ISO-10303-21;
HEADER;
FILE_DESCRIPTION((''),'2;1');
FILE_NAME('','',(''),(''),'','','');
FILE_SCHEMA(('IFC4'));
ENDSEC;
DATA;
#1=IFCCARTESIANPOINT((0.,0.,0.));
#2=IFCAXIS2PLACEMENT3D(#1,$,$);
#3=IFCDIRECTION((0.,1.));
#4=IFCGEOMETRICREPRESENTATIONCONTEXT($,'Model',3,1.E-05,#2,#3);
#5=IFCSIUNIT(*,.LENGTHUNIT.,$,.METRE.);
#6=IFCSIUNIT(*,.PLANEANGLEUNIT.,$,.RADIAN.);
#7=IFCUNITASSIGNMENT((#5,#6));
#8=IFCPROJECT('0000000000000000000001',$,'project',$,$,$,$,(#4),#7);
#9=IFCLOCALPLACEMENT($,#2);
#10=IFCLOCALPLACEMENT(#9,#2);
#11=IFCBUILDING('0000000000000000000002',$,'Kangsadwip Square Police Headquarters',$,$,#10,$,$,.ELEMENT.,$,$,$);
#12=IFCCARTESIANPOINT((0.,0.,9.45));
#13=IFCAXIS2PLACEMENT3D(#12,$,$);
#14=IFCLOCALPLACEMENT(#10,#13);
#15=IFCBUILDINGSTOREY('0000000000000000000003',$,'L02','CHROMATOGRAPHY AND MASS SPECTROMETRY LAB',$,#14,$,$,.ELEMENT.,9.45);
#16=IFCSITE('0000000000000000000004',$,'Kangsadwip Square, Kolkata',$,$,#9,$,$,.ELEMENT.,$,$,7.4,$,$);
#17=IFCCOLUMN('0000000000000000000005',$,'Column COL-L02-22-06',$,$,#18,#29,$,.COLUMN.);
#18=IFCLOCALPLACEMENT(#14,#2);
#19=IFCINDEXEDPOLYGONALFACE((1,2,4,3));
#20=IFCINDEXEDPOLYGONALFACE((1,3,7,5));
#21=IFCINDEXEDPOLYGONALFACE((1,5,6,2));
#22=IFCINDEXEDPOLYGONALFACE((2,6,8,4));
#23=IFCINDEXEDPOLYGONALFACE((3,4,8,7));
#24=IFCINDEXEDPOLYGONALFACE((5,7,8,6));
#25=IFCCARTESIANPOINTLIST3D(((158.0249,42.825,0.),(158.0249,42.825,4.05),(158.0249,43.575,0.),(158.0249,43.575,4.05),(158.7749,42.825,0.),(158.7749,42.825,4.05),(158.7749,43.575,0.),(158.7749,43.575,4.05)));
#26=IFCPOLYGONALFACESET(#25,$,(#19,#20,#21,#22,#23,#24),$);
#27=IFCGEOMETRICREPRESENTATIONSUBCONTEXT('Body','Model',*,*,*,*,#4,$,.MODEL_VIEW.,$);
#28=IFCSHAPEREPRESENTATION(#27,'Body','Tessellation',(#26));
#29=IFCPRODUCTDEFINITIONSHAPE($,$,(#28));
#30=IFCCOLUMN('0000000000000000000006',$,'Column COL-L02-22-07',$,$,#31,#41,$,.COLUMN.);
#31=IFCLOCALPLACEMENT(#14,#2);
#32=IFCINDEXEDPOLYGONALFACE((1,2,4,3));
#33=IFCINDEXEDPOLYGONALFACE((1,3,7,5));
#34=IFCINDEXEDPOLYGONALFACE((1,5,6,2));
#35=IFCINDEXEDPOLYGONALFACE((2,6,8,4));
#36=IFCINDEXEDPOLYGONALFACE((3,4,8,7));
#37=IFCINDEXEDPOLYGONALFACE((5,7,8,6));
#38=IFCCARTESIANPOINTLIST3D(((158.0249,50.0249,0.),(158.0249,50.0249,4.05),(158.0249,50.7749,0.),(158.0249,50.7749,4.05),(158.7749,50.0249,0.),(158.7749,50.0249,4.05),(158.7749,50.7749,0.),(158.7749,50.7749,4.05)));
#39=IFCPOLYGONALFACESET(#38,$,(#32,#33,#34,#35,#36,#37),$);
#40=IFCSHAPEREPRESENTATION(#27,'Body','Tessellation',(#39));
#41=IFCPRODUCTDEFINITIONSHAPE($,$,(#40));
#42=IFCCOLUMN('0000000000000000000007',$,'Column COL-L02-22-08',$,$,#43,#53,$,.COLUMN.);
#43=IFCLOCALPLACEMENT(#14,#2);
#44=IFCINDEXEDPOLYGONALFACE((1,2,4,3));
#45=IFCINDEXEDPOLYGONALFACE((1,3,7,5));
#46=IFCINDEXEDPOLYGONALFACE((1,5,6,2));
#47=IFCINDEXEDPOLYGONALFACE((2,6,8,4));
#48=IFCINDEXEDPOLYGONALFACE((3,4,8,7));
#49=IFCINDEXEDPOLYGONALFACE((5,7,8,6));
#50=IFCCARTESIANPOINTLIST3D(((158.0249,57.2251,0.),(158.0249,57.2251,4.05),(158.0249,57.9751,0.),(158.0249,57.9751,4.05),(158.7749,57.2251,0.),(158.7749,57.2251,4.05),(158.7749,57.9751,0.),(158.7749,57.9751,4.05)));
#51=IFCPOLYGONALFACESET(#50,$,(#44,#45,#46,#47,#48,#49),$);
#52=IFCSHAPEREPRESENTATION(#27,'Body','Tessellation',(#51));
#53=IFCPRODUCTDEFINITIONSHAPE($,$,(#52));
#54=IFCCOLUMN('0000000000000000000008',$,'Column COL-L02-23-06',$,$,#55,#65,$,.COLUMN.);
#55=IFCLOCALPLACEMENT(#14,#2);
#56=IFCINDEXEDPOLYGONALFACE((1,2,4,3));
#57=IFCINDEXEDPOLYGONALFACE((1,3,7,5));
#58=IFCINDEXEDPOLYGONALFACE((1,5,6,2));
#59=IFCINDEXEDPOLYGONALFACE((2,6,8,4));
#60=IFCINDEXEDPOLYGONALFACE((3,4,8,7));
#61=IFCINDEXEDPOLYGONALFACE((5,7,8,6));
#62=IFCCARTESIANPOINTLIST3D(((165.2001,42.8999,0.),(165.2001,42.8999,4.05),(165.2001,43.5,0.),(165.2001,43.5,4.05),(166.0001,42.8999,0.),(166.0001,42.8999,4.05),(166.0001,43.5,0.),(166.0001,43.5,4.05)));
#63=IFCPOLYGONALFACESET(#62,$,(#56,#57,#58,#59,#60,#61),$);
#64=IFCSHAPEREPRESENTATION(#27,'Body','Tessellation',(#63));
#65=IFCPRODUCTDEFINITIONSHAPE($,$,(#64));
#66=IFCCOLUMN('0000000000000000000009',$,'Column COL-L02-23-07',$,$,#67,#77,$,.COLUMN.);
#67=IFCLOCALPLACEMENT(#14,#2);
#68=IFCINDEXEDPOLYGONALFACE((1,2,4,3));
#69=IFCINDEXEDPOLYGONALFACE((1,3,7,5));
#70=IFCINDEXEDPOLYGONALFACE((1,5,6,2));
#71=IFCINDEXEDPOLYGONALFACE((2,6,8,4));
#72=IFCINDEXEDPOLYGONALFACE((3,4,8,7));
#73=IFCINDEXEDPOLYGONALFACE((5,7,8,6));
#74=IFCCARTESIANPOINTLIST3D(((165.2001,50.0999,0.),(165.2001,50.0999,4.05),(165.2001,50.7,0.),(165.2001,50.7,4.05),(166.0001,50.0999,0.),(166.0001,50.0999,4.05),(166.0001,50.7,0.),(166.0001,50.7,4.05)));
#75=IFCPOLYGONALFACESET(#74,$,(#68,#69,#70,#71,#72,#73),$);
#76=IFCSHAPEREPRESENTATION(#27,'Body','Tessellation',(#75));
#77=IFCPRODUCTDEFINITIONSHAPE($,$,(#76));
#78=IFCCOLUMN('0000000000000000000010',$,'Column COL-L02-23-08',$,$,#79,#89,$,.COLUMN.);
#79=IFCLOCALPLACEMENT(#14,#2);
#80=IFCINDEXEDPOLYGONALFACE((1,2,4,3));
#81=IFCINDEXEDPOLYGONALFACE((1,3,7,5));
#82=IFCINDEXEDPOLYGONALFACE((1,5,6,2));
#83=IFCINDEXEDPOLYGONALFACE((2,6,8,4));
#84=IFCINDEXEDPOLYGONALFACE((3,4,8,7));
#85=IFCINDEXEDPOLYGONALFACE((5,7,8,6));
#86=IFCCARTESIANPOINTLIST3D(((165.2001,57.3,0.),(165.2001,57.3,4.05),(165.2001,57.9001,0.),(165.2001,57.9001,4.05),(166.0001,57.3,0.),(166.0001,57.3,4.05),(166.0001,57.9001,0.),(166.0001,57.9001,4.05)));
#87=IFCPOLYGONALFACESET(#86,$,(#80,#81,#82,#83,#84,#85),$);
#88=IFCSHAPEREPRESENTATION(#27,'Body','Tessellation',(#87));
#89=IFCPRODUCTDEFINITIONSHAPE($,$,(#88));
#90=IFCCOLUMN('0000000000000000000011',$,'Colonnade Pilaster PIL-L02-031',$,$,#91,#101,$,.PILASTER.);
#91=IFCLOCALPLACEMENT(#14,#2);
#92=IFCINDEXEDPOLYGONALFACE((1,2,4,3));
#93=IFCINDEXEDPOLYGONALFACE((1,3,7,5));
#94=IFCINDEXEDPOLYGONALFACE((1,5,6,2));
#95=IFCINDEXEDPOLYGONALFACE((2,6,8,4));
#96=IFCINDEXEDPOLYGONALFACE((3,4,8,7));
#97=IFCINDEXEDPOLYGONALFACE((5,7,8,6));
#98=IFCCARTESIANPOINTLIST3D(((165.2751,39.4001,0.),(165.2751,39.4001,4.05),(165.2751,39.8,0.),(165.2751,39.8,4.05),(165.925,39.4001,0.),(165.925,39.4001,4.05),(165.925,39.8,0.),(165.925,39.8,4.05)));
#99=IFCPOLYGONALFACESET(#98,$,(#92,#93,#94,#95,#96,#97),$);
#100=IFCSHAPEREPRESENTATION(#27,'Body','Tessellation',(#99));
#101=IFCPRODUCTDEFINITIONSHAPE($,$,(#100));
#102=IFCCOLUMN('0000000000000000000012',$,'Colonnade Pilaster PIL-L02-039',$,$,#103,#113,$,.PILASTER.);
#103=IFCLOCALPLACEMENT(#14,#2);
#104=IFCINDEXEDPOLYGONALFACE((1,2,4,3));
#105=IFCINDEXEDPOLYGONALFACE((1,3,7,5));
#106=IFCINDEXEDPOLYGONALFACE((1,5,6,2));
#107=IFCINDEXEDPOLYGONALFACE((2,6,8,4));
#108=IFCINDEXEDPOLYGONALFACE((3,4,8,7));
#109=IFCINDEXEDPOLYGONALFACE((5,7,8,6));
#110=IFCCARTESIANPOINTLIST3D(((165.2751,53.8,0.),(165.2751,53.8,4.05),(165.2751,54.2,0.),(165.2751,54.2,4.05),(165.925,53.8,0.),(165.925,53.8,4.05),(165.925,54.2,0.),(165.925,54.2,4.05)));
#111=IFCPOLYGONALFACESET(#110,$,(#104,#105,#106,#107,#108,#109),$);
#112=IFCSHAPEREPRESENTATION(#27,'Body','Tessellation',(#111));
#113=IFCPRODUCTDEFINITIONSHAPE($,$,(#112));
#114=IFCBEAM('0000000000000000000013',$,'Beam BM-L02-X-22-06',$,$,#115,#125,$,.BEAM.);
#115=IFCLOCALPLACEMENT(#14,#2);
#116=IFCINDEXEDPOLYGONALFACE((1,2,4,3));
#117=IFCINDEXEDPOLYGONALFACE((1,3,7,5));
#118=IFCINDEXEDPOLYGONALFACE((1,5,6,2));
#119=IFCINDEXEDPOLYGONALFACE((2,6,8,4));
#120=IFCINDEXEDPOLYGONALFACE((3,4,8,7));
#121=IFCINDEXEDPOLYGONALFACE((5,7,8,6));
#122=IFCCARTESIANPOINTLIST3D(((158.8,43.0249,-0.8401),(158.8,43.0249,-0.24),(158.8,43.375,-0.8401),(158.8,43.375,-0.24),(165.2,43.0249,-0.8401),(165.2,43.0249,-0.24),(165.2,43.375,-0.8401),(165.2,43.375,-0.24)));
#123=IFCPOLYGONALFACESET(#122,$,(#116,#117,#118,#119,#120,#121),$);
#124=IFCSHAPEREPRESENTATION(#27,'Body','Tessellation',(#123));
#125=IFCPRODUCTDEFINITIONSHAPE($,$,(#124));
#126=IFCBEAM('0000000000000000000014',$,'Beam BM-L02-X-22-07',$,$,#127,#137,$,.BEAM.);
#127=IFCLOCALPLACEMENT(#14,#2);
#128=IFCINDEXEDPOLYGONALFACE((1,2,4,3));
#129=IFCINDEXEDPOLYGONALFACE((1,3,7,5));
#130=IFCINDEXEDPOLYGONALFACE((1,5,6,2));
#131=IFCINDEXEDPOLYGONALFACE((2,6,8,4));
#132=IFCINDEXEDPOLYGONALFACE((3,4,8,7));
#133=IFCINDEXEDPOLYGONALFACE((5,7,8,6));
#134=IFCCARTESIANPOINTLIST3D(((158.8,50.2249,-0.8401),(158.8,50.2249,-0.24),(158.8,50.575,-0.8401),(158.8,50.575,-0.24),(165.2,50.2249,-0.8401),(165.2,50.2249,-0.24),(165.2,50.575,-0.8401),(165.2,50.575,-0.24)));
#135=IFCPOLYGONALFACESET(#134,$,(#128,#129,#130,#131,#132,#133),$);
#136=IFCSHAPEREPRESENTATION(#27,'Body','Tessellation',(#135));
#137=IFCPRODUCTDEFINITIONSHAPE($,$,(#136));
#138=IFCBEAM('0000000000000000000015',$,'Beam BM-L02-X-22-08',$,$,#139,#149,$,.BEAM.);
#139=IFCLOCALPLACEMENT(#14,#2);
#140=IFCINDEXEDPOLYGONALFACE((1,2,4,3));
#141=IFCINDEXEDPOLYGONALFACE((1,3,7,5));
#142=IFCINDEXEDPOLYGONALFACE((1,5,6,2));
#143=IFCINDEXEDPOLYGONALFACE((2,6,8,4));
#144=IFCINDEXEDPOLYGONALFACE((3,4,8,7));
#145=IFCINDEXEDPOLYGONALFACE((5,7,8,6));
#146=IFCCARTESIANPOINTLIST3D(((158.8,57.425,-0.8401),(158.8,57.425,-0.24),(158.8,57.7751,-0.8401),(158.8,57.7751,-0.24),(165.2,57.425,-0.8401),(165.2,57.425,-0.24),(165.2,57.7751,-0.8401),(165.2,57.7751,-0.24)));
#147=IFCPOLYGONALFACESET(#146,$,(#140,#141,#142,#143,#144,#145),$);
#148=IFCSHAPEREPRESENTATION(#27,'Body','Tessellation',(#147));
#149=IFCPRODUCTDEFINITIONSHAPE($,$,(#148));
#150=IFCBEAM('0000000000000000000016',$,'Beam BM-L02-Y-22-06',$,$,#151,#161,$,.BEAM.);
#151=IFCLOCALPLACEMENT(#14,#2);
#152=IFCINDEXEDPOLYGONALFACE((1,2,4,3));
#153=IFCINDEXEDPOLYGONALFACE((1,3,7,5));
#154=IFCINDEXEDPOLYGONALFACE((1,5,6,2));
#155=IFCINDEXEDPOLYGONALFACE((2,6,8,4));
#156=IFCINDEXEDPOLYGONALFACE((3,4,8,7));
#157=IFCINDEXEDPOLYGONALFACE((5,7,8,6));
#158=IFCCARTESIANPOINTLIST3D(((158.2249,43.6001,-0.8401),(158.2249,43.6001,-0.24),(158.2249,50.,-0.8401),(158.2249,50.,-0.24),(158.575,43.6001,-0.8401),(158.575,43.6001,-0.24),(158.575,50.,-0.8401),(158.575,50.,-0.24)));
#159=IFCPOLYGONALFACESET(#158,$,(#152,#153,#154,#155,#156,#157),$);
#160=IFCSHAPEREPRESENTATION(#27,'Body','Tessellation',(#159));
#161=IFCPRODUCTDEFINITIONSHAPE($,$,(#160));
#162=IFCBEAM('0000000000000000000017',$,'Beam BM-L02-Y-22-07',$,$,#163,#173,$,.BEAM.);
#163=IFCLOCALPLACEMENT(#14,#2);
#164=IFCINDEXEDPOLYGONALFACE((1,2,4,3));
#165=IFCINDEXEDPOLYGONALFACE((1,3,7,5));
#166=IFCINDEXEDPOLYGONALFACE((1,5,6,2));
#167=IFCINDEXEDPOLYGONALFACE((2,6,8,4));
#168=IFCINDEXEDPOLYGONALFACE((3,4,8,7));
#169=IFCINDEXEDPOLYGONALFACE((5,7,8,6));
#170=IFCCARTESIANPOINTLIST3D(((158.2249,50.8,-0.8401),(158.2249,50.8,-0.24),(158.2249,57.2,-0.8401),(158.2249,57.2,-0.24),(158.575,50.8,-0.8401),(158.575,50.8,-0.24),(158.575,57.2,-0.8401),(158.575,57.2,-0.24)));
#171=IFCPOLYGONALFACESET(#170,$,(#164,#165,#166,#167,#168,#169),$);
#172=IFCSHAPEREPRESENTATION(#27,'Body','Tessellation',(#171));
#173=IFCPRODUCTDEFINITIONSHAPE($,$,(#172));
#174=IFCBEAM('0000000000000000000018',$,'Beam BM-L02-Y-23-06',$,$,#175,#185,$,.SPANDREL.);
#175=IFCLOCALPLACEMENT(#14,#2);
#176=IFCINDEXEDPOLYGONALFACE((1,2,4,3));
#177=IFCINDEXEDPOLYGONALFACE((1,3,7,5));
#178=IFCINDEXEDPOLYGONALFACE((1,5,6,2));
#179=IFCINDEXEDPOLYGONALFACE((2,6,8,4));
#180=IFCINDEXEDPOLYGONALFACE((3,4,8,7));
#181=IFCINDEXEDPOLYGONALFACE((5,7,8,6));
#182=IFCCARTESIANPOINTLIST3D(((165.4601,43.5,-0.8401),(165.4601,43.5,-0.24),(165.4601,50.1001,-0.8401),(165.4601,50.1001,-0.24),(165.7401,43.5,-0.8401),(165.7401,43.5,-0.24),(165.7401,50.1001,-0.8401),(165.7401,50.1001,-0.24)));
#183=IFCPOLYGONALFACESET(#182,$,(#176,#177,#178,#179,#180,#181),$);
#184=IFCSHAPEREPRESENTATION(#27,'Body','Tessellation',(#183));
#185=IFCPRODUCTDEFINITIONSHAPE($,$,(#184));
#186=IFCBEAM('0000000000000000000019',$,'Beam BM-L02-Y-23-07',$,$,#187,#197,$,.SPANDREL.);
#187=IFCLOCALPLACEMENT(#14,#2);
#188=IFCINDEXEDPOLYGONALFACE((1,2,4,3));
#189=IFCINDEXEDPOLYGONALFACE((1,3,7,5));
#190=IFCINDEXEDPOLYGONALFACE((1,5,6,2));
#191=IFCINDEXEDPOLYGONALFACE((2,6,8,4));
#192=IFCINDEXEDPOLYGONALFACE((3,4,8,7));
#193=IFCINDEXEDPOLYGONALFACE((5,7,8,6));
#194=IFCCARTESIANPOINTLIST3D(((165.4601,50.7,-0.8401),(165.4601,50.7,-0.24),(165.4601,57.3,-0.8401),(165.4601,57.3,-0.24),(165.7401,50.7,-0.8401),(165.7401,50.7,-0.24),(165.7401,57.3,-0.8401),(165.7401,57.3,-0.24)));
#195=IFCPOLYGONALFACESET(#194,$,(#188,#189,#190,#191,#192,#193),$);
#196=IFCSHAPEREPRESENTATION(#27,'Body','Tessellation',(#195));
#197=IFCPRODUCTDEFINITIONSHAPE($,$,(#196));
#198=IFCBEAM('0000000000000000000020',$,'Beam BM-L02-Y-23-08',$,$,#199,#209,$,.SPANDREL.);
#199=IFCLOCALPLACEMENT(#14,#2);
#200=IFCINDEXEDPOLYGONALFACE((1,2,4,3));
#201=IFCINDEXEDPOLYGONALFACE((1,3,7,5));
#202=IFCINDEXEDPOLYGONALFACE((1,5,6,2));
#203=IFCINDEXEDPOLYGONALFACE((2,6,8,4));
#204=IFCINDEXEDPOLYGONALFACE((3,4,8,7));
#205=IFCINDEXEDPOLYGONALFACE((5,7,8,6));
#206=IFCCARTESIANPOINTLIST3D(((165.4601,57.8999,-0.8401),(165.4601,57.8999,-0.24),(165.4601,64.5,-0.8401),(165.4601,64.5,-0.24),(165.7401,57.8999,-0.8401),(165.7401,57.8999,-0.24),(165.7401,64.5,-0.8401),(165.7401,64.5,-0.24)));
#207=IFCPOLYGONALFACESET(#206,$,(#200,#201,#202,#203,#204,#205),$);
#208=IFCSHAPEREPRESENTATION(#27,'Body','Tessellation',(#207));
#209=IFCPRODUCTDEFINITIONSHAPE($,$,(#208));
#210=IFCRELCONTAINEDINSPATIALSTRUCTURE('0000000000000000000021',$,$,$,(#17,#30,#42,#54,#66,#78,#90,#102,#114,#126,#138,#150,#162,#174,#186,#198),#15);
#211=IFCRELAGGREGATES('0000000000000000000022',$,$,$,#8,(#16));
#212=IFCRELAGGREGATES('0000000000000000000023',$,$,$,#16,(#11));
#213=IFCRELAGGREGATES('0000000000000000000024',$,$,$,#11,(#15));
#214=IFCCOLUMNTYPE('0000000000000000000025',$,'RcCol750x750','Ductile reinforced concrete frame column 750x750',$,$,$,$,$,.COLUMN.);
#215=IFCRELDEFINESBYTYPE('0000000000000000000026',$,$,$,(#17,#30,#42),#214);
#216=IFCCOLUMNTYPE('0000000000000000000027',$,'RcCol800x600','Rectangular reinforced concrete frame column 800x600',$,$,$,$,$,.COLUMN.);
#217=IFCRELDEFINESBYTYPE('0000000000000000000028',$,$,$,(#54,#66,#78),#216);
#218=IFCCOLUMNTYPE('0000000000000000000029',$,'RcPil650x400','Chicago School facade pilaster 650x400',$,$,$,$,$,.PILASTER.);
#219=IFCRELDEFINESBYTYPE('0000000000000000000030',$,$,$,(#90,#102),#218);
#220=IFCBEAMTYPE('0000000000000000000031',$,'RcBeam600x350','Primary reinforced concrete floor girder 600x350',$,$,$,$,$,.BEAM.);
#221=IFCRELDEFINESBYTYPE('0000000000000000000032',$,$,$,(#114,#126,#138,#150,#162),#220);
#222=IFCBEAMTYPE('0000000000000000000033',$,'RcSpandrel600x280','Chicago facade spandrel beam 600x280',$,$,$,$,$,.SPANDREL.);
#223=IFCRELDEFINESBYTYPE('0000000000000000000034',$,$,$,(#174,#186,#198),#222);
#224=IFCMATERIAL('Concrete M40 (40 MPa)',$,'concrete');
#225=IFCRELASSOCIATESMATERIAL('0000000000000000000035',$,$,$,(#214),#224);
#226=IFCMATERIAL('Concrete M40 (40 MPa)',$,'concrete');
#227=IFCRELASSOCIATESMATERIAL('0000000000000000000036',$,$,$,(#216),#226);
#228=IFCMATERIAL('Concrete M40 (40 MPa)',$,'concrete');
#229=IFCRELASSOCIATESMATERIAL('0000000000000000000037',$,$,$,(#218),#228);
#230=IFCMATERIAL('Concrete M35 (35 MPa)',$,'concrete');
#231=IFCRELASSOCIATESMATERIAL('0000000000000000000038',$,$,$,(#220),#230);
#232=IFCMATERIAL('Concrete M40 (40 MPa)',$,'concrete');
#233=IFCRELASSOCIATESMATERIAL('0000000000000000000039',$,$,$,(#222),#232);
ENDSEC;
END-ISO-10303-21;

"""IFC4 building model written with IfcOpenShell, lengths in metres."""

from ifc_helpers import new_model, si_unit, direction, frame, origin, origin_2d, place, context, subcontext, project, spatial, rectangle, extrude, material, material_profile, profile_set, type_object, element, save


model = new_model("IFC4")

# Units and contexts
model_context = context("Model", 3, precision=1e-05, world=origin(), true_north=direction((0.0, 1.0)))
body_context = subcontext(model_context, "Body", "Model", "MODEL_VIEW")
ifc_project = project(units=[si_unit("LENGTHUNIT", "METRE"), si_unit("PLANEANGLEUNIT", "RADIAN")], contexts=[model_context])

# Site, building, storey
site_placement = place(None, origin())
site = spatial("IfcSite", under=ifc_project, at=site_placement, Name="Kangsadwip Square, Kolkata", CompositionType="ELEMENT", RefElevation=7.4)
building_placement = place(site_placement, origin())
building = spatial("IfcBuilding", under=site, at=building_placement, Name="Kangsadwip Square Police Headquarters", CompositionType="ELEMENT")
storey_placement = place(building_placement, frame((0.0, 0.0, 9.45)))
storey = spatial("IfcBuildingStorey", under=building, at=storey_placement, Name="L02", Description="CHROMATOGRAPHY AND MASS SPECTROMETRY LAB", CompositionType="ELEMENT", Elevation=9.45)

# Columns
ifc_material_1 = material(Name="Concrete M40 (40 MPa)", Category="concrete")
ifc_material_profile_1 = material_profile(ifc_material_1, rectangle(XDim=0.75, YDim=0.75, at=origin_2d()), Name="RC COL 750X750")
ifc_profile_set_1 = profile_set([ifc_material_profile_1], Name="Concrete M40 (40 MPa)")
column_type_1 = type_object("IfcColumnType", Name="RcCol750x750", Description="Ductile reinforced concrete frame column 750x750", PredefinedType="COLUMN", material=ifc_profile_set_1)
for number, where, z_axis, x_axis, name in (
    (1, (158.3999, 43.2, 0.0), (0.0, 0.0, 1.0), (1.0, 0.0, 0.0), "Column COL-L02-22-06"),
    (2, (158.3999, 50.3999, 0.0), (0.0, 0.0, 1.0), (1.0, 0.0, 0.0), "Column COL-L02-22-07"),
    (3, (158.3999, 57.6001, 0.0), (0.0, 0.0, 1.0), (1.0, 0.0, 0.0), "Column COL-L02-22-08"),
):
    element("IfcColumn", number, at=place(storey_placement, frame(where, z_axis=z_axis, x_axis=x_axis)), inside=storey, type_object=column_type_1, Name=name, PredefinedType="COLUMN", context=body_context, shape_type="SweptSolid", body=[
        extrude(rectangle(XDim=0.75, YDim=0.75, at=origin_2d()), origin(), (0.0, 0.0, 1.0), 4.05),
    ])
ifc_material_2 = material(Name="Concrete M40 (40 MPa)", Category="concrete")
ifc_material_profile_2 = material_profile(ifc_material_2, rectangle(XDim=0.6001, YDim=0.8, at=origin_2d()), Name="RC COL 800X600")
ifc_profile_set_2 = profile_set([ifc_material_profile_2], Name="Concrete M40 (40 MPa)")
column_type_2 = type_object("IfcColumnType", Name="RcCol800x600", Description="Rectangular reinforced concrete frame column 800x600", PredefinedType="COLUMN", material=ifc_profile_set_2)
for number, where, z_axis, x_axis, name in (
    (4, (165.6001, 43.2, 0.0), (0.0, 0.0, 1.0), (0.0, 1.0, 0.0), "Column COL-L02-23-06"),
    (5, (165.6001, 50.3999, 0.0), (0.0, 0.0, 1.0), (0.0, 1.0, 0.0), "Column COL-L02-23-07"),
    (6, (165.6001, 57.6001, 0.0), (0.0, 0.0, 1.0), (0.0, 1.0, 0.0), "Column COL-L02-23-08"),
):
    element("IfcColumn", number, at=place(storey_placement, frame(where, z_axis=z_axis, x_axis=x_axis)), inside=storey, type_object=column_type_2, Name=name, PredefinedType="COLUMN", context=body_context, shape_type="SweptSolid", body=[
        extrude(rectangle(XDim=0.6001, YDim=0.8, at=origin_2d()), origin(), (0.0, 0.0, 1.0), 4.05),
    ])
ifc_material_3 = material(Name="Concrete M40 (40 MPa)", Category="concrete")
ifc_material_profile_3 = material_profile(ifc_material_3, rectangle(XDim=0.3999, YDim=0.6499, at=origin_2d()), Name="RC PIL 650X400")
ifc_profile_set_3 = profile_set([ifc_material_profile_3], Name="Concrete M40 (40 MPa)")
column_type_3 = type_object("IfcColumnType", Name="RcPil650x400", Description="Chicago School facade pilaster 650x400", PredefinedType="PILASTER", material=ifc_profile_set_3)
for number, where, z_axis, x_axis, name in (
    (7, (165.6001, 39.6001, 0.0), (0.0, 0.0, 1.0), (0.0, 1.0, 0.0), "Colonnade Pilaster PIL-L02-031"),
    (8, (165.6001, 54.0, 0.0), (0.0, 0.0, 1.0), (0.0, 1.0, 0.0), "Colonnade Pilaster PIL-L02-039"),
):
    element("IfcColumn", number, at=place(storey_placement, frame(where, z_axis=z_axis, x_axis=x_axis)), inside=storey, type_object=column_type_3, Name=name, PredefinedType="PILASTER", context=body_context, shape_type="SweptSolid", body=[
        extrude(rectangle(XDim=0.3999, YDim=0.6499, at=origin_2d()), origin(), (0.0, 0.0, 1.0), 4.05),
    ])

# Beams
ifc_material_4 = material(Name="Concrete M35 (35 MPa)", Category="concrete")
ifc_material_profile_4 = material_profile(ifc_material_4, rectangle(XDim=0.3501, YDim=0.6001, at=origin_2d()), Name="RC BM 600X350")
ifc_profile_set_4 = profile_set([ifc_material_profile_4], Name="Concrete M35 (35 MPa)")
beam_type_1 = type_object("IfcBeamType", Name="RcBeam600x350", Description="Primary reinforced concrete floor girder 600x350", PredefinedType="BEAM", material=ifc_profile_set_4)
for number, where, z_axis, x_axis, name in (
    (9, (158.8, 43.2, -0.54), (1.0, 0.0, 0.0), (0.0, 1.0, 0.0), "Beam BM-L02-X-22-06"),
    (10, (158.8, 50.3999, -0.54), (1.0, 0.0, 0.0), (0.0, 1.0, 0.0), "Beam BM-L02-X-22-07"),
    (11, (158.8, 57.6001, -0.54), (1.0, 0.0, 0.0), (0.0, 1.0, 0.0), "Beam BM-L02-X-22-08"),
    (12, (158.3999, 43.6001, -0.54), (0.0, 1.0, 0.0), (-1.0, 0.0, 0.0), "Beam BM-L02-Y-22-06"),
    (13, (158.3999, 50.8, -0.54), (0.0, 1.0, 0.0), (-1.0, 0.0, 0.0), "Beam BM-L02-Y-22-07"),
):
    element("IfcBeam", number, at=place(storey_placement, frame(where, z_axis=z_axis, x_axis=x_axis)), inside=storey, type_object=beam_type_1, Name=name, PredefinedType="BEAM", context=body_context, shape_type="SweptSolid", body=[
        extrude(rectangle(XDim=0.3501, YDim=0.6001, at=origin_2d()), origin(), (0.0, 0.0, 1.0), 6.3999),
    ])
ifc_material_5 = material(Name="Concrete M40 (40 MPa)", Category="concrete")
ifc_material_profile_5 = material_profile(ifc_material_5, rectangle(XDim=0.28, YDim=0.6001, at=origin_2d()), Name="RC SPN 600X280")
ifc_profile_set_5 = profile_set([ifc_material_profile_5], Name="Concrete M40 (40 MPa)")
beam_type_2 = type_object("IfcBeamType", Name="RcSpandrel600x280", Description="Chicago facade spandrel beam 600x280", PredefinedType="SPANDREL", material=ifc_profile_set_5)
for number, where, z_axis, x_axis, name in (
    (14, (165.6001, 43.5, -0.54), (0.0, 1.0, 0.0), (-1.0, 0.0, 0.0), "Beam BM-L02-Y-23-06"),
    (15, (165.6001, 50.7, -0.54), (0.0, 1.0, 0.0), (-1.0, 0.0, 0.0), "Beam BM-L02-Y-23-07"),
    (16, (165.6001, 57.8999, -0.54), (0.0, 1.0, 0.0), (-1.0, 0.0, 0.0), "Beam BM-L02-Y-23-08"),
):
    element("IfcBeam", number, at=place(storey_placement, frame(where, z_axis=z_axis, x_axis=x_axis)), inside=storey, type_object=beam_type_2, Name=name, PredefinedType="SPANDREL", context=body_context, shape_type="SweptSolid", body=[
        extrude(rectangle(XDim=0.28, YDim=0.6001, at=origin_2d()), origin(), (0.0, 0.0, 1.0), 6.6001),
    ])

save(model, "model.ifc")
